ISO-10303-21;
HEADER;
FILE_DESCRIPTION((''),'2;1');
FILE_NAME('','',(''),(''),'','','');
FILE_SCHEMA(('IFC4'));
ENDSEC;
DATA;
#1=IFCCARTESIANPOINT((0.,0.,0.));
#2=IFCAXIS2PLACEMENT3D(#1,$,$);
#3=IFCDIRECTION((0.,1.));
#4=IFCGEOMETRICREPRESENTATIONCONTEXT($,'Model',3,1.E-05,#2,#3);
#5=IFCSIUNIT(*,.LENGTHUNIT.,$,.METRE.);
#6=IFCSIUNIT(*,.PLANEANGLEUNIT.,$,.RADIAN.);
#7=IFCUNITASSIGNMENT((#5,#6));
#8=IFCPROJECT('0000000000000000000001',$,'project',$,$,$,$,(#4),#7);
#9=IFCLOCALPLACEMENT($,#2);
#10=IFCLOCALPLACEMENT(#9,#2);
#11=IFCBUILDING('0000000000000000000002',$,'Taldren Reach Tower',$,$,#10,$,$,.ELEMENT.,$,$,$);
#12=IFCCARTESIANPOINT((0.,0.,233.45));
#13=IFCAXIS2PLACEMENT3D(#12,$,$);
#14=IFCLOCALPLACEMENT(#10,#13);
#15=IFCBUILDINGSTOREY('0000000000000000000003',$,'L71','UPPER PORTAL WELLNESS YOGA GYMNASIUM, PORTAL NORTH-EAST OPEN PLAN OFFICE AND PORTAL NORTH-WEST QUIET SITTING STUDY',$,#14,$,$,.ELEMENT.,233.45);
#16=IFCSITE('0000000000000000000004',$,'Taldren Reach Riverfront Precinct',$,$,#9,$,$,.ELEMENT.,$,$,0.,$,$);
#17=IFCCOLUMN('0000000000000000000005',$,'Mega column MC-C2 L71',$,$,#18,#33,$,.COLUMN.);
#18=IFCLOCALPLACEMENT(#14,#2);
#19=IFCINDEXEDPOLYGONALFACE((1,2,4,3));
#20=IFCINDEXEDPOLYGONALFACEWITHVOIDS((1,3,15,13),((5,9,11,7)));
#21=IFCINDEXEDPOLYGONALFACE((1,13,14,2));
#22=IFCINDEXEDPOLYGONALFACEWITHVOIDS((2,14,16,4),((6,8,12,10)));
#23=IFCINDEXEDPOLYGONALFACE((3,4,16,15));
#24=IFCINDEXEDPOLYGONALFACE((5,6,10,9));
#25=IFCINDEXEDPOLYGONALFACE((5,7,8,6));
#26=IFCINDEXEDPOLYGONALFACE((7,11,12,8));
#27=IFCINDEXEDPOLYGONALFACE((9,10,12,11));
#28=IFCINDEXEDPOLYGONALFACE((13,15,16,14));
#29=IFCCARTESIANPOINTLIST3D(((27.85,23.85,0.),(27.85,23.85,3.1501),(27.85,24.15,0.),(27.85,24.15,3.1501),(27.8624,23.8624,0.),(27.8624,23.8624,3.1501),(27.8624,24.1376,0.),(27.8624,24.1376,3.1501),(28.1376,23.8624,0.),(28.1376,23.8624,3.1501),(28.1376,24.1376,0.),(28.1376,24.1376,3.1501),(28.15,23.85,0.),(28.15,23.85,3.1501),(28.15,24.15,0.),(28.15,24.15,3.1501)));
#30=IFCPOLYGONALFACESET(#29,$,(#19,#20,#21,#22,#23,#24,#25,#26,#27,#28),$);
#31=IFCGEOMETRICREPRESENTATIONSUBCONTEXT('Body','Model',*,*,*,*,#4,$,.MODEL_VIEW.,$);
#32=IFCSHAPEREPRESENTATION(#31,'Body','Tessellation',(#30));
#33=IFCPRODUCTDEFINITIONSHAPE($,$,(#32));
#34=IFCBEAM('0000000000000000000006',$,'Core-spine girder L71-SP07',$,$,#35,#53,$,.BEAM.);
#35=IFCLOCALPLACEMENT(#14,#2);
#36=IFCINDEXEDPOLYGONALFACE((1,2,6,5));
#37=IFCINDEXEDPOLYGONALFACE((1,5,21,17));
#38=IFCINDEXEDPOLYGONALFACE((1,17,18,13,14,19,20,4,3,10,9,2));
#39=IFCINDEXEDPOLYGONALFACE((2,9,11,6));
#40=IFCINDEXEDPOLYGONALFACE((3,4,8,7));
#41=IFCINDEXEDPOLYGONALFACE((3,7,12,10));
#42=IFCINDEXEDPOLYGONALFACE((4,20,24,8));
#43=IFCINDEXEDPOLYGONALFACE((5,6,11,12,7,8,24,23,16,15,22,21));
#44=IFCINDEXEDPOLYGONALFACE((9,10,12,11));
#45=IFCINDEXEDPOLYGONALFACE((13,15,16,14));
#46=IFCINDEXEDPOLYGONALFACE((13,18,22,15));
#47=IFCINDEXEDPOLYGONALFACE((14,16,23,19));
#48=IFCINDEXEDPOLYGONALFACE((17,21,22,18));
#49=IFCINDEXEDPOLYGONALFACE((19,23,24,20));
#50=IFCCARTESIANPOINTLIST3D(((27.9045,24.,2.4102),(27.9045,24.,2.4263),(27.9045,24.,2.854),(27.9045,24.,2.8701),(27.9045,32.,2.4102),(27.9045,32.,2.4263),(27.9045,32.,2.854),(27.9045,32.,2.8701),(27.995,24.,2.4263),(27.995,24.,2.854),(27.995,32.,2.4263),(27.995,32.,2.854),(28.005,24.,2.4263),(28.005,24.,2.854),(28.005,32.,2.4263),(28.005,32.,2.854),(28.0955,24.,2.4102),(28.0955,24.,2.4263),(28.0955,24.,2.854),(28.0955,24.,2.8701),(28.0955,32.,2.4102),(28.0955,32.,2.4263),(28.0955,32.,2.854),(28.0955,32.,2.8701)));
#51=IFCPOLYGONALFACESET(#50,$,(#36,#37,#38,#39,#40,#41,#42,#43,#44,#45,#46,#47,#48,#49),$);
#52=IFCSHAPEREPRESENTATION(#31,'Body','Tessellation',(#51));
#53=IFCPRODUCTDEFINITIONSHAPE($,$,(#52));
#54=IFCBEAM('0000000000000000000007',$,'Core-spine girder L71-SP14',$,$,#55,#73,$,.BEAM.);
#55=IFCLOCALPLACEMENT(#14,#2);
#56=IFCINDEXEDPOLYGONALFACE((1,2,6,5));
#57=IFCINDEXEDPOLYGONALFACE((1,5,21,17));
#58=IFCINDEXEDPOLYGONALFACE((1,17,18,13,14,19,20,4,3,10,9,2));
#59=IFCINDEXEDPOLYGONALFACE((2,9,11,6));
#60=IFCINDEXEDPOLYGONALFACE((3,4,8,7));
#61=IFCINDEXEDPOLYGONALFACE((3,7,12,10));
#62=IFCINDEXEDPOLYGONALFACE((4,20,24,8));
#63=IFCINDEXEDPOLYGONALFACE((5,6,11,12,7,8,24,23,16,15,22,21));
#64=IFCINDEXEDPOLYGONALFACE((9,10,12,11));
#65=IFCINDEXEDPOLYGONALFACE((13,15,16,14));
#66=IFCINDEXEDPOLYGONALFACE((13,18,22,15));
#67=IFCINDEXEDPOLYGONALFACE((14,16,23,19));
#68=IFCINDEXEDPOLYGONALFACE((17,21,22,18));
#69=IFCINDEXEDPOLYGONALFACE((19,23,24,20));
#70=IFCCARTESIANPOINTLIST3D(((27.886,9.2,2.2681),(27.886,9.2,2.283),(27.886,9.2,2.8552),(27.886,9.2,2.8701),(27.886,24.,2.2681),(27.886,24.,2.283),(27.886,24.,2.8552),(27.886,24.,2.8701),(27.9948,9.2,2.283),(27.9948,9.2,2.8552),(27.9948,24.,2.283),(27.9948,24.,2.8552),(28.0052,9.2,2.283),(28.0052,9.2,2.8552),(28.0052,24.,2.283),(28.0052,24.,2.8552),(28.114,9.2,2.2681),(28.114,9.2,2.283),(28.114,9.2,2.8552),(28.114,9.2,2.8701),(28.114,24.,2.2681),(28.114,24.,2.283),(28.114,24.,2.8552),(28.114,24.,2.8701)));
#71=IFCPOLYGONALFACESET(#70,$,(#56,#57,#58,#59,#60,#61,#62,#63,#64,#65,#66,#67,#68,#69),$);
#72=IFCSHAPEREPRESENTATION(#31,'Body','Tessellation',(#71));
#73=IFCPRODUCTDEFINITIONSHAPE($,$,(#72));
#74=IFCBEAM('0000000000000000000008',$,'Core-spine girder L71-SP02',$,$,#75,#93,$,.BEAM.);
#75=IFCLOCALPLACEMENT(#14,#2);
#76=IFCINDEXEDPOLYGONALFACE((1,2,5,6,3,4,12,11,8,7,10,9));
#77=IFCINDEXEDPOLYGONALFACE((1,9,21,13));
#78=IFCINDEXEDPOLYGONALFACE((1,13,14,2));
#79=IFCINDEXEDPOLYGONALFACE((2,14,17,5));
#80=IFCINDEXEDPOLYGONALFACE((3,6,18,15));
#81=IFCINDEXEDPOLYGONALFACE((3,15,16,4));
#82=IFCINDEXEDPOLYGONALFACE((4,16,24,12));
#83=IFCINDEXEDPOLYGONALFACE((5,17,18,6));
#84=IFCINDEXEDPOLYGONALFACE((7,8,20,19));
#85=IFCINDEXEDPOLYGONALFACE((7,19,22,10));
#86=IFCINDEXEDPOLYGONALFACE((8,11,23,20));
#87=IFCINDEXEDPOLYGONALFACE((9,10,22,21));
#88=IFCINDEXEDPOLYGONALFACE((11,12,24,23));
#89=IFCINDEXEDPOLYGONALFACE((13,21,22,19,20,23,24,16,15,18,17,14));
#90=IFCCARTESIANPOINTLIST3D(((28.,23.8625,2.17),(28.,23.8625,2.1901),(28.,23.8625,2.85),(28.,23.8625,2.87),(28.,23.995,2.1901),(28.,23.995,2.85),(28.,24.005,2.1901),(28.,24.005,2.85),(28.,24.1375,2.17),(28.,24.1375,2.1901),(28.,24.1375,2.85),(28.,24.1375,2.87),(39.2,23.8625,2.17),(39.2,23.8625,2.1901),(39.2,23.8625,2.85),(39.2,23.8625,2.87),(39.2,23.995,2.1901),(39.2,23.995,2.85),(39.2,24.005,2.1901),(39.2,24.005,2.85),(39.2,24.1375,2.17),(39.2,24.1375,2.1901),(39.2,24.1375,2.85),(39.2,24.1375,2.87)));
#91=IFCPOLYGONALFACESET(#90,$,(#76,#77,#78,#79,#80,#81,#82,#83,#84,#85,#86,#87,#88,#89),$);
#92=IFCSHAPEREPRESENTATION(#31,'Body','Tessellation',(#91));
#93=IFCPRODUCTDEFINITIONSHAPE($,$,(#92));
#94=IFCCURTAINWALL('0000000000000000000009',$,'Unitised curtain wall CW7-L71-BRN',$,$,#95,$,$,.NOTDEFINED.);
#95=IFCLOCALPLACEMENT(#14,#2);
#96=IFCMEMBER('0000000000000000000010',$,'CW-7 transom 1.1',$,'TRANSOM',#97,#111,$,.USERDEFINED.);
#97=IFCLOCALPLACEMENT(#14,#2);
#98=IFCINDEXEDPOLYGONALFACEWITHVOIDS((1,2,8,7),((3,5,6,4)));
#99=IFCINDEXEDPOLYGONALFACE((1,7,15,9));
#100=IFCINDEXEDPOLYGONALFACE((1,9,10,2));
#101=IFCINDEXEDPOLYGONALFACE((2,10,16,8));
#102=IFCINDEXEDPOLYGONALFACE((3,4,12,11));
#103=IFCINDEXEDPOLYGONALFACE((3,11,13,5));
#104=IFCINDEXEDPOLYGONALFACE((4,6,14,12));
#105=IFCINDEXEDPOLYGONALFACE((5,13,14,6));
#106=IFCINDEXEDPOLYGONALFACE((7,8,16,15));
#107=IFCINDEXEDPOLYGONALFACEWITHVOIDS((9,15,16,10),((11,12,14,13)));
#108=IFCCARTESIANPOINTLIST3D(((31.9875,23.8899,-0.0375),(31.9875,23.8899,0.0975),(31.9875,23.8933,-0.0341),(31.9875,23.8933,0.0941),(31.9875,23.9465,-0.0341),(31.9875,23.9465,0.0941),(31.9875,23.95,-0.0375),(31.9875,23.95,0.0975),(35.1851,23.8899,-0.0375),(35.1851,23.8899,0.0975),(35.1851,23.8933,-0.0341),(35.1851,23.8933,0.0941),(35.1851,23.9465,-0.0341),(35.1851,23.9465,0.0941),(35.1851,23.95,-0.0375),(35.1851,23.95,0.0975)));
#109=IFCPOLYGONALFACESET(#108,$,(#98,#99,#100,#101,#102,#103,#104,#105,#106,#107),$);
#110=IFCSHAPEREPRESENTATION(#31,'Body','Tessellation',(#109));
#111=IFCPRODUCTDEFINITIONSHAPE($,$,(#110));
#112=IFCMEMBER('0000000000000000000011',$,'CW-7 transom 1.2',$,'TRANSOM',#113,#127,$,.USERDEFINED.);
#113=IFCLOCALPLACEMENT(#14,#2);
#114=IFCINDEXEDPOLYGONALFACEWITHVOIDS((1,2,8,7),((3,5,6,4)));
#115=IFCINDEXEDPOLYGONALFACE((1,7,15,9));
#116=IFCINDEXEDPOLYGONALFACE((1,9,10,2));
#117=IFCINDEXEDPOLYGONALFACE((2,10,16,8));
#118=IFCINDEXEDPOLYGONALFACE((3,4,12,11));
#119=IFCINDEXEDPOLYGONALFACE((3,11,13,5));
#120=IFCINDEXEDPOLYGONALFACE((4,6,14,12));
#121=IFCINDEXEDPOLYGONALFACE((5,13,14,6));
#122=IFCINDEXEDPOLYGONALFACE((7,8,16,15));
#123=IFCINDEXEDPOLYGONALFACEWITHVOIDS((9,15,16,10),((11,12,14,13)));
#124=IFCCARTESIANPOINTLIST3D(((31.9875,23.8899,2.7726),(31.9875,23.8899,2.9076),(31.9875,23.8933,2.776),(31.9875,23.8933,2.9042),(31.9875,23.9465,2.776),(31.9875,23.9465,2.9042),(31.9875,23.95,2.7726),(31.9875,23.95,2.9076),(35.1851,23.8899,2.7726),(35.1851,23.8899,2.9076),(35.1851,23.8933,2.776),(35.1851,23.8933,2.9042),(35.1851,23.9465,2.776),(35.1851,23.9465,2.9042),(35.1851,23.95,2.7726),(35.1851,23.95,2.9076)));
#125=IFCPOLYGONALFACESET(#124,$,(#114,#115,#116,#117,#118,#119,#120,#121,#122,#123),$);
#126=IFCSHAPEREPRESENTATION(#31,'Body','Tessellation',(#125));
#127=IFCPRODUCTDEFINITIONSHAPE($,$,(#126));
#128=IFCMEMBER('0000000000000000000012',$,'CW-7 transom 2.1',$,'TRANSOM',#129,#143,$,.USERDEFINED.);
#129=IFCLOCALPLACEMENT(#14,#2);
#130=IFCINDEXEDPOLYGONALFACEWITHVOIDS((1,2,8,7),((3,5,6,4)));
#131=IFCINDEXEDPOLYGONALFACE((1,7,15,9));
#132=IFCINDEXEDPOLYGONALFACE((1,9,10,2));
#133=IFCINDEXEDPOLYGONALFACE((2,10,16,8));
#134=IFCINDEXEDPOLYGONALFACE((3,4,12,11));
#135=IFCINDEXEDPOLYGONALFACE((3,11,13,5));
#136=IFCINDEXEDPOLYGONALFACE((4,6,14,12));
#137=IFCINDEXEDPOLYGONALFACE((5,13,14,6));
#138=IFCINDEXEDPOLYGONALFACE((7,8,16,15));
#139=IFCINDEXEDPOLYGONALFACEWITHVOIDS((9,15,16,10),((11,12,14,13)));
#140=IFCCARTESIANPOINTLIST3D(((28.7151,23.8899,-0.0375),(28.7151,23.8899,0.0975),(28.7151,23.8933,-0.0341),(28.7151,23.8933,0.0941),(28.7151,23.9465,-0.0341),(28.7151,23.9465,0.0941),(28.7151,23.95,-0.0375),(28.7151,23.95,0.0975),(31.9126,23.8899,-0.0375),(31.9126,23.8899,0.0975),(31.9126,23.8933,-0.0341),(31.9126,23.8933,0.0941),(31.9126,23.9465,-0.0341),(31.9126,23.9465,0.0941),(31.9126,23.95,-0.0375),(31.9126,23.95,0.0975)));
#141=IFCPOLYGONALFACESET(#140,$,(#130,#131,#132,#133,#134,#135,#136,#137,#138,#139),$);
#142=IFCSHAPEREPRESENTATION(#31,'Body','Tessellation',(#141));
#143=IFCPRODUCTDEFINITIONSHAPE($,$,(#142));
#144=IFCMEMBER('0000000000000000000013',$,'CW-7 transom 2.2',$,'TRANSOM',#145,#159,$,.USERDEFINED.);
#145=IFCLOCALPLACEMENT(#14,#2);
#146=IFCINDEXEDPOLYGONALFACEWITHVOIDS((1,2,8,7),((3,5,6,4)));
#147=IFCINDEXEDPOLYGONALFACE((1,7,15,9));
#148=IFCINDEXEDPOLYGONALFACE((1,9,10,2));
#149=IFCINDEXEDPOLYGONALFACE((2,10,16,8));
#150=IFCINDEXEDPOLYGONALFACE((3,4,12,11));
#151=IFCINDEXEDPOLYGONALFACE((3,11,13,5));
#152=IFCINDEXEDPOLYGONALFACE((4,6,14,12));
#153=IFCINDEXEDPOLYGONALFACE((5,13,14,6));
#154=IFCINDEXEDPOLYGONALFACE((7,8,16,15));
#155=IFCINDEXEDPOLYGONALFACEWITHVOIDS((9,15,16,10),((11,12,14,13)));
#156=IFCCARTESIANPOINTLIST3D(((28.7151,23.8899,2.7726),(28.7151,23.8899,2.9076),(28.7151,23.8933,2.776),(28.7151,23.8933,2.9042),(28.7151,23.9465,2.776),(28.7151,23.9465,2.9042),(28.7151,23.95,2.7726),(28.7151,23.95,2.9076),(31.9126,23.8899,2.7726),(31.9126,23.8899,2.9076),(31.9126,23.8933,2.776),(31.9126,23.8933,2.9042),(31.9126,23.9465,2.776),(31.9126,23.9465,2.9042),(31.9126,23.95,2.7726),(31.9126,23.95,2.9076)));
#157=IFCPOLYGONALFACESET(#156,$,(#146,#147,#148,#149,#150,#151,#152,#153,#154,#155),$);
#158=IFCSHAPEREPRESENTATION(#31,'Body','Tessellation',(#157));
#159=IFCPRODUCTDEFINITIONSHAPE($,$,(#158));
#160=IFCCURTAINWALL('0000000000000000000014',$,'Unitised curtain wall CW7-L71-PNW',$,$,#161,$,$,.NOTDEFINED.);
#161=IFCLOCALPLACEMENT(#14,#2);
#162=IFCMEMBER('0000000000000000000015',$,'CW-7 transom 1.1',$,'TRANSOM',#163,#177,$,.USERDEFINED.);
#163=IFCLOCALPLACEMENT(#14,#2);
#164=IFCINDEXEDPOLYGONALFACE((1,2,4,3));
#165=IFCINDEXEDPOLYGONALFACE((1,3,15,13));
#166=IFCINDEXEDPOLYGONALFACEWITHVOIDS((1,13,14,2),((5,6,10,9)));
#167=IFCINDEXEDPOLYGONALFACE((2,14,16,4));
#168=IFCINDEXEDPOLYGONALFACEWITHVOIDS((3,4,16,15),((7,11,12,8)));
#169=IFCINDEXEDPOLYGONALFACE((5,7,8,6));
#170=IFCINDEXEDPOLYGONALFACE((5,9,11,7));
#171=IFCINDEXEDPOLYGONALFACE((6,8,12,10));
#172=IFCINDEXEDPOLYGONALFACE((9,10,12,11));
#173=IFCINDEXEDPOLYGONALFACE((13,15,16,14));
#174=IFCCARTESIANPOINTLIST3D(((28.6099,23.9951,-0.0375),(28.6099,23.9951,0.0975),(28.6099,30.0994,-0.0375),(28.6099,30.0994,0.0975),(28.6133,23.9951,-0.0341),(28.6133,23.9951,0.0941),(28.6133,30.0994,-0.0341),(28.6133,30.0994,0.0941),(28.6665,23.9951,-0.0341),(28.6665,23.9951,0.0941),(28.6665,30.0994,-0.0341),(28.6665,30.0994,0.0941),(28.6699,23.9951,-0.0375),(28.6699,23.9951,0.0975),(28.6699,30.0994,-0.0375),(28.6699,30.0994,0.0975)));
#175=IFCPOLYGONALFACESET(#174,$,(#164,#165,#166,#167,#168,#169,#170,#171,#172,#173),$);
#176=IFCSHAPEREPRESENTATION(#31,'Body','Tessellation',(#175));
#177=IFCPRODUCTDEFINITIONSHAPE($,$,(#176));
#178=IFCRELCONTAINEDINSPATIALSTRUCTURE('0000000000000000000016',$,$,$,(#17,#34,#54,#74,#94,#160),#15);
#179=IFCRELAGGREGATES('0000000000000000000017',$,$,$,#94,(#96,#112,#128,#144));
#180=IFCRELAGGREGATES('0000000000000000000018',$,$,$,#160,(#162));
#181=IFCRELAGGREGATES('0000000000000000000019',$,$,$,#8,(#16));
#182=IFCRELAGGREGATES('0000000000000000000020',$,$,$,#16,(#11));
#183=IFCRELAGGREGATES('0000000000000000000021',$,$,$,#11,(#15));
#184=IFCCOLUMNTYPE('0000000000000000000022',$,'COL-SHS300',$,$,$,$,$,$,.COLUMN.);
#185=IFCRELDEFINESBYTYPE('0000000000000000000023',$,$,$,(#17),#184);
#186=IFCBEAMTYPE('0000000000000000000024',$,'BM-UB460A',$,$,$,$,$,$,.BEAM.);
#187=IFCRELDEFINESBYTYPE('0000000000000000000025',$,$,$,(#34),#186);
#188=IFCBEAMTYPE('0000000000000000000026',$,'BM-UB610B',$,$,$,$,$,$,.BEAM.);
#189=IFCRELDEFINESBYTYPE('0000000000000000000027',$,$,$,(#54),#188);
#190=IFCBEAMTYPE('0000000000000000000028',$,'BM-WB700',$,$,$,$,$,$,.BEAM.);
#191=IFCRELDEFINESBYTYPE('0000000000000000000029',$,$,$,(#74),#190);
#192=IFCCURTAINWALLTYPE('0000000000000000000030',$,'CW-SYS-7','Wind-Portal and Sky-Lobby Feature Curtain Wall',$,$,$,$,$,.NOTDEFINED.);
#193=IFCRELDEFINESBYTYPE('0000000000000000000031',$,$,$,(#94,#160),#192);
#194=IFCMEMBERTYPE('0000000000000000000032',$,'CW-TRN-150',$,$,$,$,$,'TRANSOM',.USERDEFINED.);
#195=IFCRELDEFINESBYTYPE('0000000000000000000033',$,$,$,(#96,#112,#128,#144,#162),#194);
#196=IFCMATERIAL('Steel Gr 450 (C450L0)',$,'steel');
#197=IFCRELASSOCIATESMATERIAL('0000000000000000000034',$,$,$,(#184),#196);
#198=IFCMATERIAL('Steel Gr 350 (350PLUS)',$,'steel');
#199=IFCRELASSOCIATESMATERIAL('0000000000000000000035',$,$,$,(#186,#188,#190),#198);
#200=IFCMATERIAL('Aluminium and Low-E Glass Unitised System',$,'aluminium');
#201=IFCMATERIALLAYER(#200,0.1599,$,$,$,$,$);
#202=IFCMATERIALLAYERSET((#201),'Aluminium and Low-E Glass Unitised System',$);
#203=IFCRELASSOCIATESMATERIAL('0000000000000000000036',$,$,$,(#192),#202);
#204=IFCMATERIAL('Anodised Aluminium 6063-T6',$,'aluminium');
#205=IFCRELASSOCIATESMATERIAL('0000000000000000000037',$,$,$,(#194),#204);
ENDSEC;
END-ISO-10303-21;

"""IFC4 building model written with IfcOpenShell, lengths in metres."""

from ifc_helpers import new_model, si_unit, direction, frame, origin, origin_2d, place, context, subcontext, project, spatial, hollow_rectangle, i_section, extrude, source, transform, mapped, material, layer, layer_set, material_profile, profile_set, type_object, element, aggregate, save


model = new_model("IFC4")

# Units and contexts
model_context = context("Model", 3, precision=1e-05, world=origin(), true_north=direction((0.0, 1.0)))
body_context = subcontext(model_context, "Body", "Model", "MODEL_VIEW")
ifc_project = project(units=[si_unit("LENGTHUNIT", "METRE"), si_unit("PLANEANGLEUNIT", "RADIAN")], contexts=[model_context])

# Site, building, storey
site_placement = place(None, origin())
site = spatial("IfcSite", under=ifc_project, at=site_placement, Name="Taldren Reach Riverfront Precinct", CompositionType="ELEMENT", RefElevation=0.0)
building_placement = place(site_placement, origin())
building = spatial("IfcBuilding", under=site, at=building_placement, Name="Taldren Reach Tower", CompositionType="ELEMENT")
storey_placement = place(building_placement, frame((0.0, 0.0, 233.45)))
storey = spatial("IfcBuildingStorey", under=building, at=storey_placement, Name="L71", Description="UPPER PORTAL WELLNESS YOGA GYMNASIUM, PORTAL NORTH-EAST OPEN PLAN OFFICE AND PORTAL NORTH-WEST QUIET SITTING STUDY", CompositionType="ELEMENT", Elevation=233.45)

# Column
ifc_material_1 = material(Name="Steel Gr 450 (C450L0)", Category="steel")
ifc_material_profile_1 = material_profile(ifc_material_1, hollow_rectangle(XDim=0.3, YDim=0.3, WallThickness=0.0125, at=origin_2d()), Name="300x300x12.5SHS")
ifc_profile_set_1 = profile_set([ifc_material_profile_1], Name="Steel Gr 450 (C450L0)")
column_type = type_object("IfcColumnType", Name="COL-SHS300", PredefinedType="COLUMN", material=ifc_profile_set_1)
shared_shape_1 = source(origin(), body_context, "Body", "SweptSolid", [
    extrude(hollow_rectangle(XDim=0.3, YDim=0.3, WallThickness=0.0125, at=origin_2d()), origin(), (0.0, 0.0, 1.0), 3.1501),
])
column_placement = place(storey_placement, frame((28.0, 24.0, 0.0), z_axis=(0.0, 0.0, 1.0), x_axis=(1.0, 0.0, 0.0)))
element("IfcColumn", 1, at=column_placement, inside=storey, type_object=column_type, Name="Mega column MC-C2 L71", PredefinedType="COLUMN", context=body_context, shape_type="MappedRepresentation", body=[
    mapped(shared_shape_1, transform((0.0, 0.0, 0.0), scale=1.0)),
])

# Beams
ifc_material_2 = material(Name="Steel Gr 350 (350PLUS)", Category="steel")
ifc_material_profile_2 = material_profile(ifc_material_2, i_section(OverallWidth=0.1909, OverallDepth=0.46, WebThickness=0.01, FlangeThickness=0.0161, at=origin_2d()), Name="460UB82.1")
ifc_profile_set_2 = profile_set([ifc_material_profile_2], Name="Steel Gr 350 (350PLUS)")
beam_type_1 = type_object("IfcBeamType", Name="BM-UB460A", PredefinedType="BEAM", material=ifc_profile_set_2)
shared_shape_2 = source(origin(), body_context, "Body", "SweptSolid", [
    extrude(i_section(OverallWidth=0.1909, OverallDepth=0.46, WebThickness=0.01, FlangeThickness=0.0161, at=origin_2d()), origin(), (0.0, 0.0, 1.0), 8.0),
])
beam_1_placement = place(storey_placement, frame((28.0, 24.0, 2.6401), z_axis=(0.0, 1.0, 0.0), x_axis=(-1.0, 0.0, 0.0)))
element("IfcBeam", 2, at=beam_1_placement, inside=storey, type_object=beam_type_1, Name="Core-spine girder L71-SP07", PredefinedType="BEAM", context=body_context, shape_type="MappedRepresentation", body=[
    mapped(shared_shape_2, transform((0.0, 0.0, 0.0), scale=1.0)),
])
ifc_material_profile_3 = material_profile(ifc_material_2, i_section(OverallWidth=0.228, OverallDepth=0.6021, WebThickness=0.0105, FlangeThickness=0.0149, at=origin_2d()), Name="610UB101")
ifc_profile_set_3 = profile_set([ifc_material_profile_3], Name="Steel Gr 350 (350PLUS)")
beam_type_2 = type_object("IfcBeamType", Name="BM-UB610B", PredefinedType="BEAM", material=ifc_profile_set_3)
shared_shape_3 = source(origin(), body_context, "Body", "SweptSolid", [
    extrude(i_section(OverallWidth=0.228, OverallDepth=0.6021, WebThickness=0.0105, FlangeThickness=0.0149, at=origin_2d()), origin(), (0.0, 0.0, 1.0), 14.8),
])
beam_2_placement = place(storey_placement, frame((28.0, 24.0, 2.5691), z_axis=(0.0, -1.0, 0.0), x_axis=(1.0, 0.0, 0.0)))
element("IfcBeam", 3, at=beam_2_placement, inside=storey, type_object=beam_type_2, Name="Core-spine girder L71-SP14", PredefinedType="BEAM", context=body_context, shape_type="MappedRepresentation", body=[
    mapped(shared_shape_3, transform((0.0, 0.0, 0.0), scale=1.0)),
])
ifc_material_profile_4 = material_profile(ifc_material_2, i_section(OverallWidth=0.2749, OverallDepth=0.7, WebThickness=0.01, FlangeThickness=0.02, at=origin_2d()), Name="700WB150")
ifc_profile_set_4 = profile_set([ifc_material_profile_4], Name="Steel Gr 350 (350PLUS)")
beam_type_3 = type_object("IfcBeamType", Name="BM-WB700", PredefinedType="BEAM", material=ifc_profile_set_4)
shared_shape_4 = source(origin(), body_context, "Body", "SweptSolid", [
    extrude(i_section(OverallWidth=0.2749, OverallDepth=0.7, WebThickness=0.01, FlangeThickness=0.02, at=origin_2d()), origin(), (0.0, 0.0, 1.0), 11.2),
])
beam_3_placement = place(storey_placement, frame((28.0, 24.0, 2.52), z_axis=(1.0, 0.0, 0.0), x_axis=(0.0, 1.0, 0.0)))
element("IfcBeam", 4, at=beam_3_placement, inside=storey, type_object=beam_type_3, Name="Core-spine girder L71-SP02", PredefinedType="BEAM", context=body_context, shape_type="MappedRepresentation", body=[
    mapped(shared_shape_4, transform((0.0, 0.0, 0.0), scale=1.0)),
])

# Curtain walls, members
ifc_material_3 = material(Name="Aluminium and Low-E Glass Unitised System", Category="aluminium")
ifc_layer_1 = layer(ifc_material_3, 0.1599)
ifc_layer_set_1 = layer_set([ifc_layer_1], Name="Aluminium and Low-E Glass Unitised System")
curtain_wall_type = type_object("IfcCurtainWallType", Name="CW-SYS-7", Description="Wind-Portal and Sky-Lobby Feature Curtain Wall", PredefinedType="NOTDEFINED", material=ifc_layer_set_1)
curtain_wall_1_placement = place(storey_placement, origin())
curtain_wall_1 = element("IfcCurtainWall", 5, at=curtain_wall_1_placement, inside=storey, type_object=curtain_wall_type, Name="Unitised curtain wall CW7-L71-BRN", PredefinedType="NOTDEFINED")
ifc_material_4 = material(Name="Anodised Aluminium 6063-T6", Category="aluminium")
ifc_material_profile_5 = material_profile(ifc_material_4, hollow_rectangle(XDim=0.0601, YDim=0.135, WallThickness=0.0034, at=origin_2d()), Name="ALU-135x60x3.5RHS")
ifc_profile_set_5 = profile_set([ifc_material_profile_5], Name="Anodised Aluminium 6063-T6")
member_type_1 = type_object("IfcMemberType", Name="CW-TRN-150", ElementType="TRANSOM", PredefinedType="USERDEFINED", material=ifc_profile_set_5)
shared_shape_5 = source(origin(), body_context, "Body", "SweptSolid", [
    extrude(hollow_rectangle(XDim=0.0601, YDim=0.135, WallThickness=0.0034, at=origin_2d()), origin(), (0.0, 0.0, 1.0), 3.1975),
])
member_1_placement = place(storey_placement, frame((35.1851, 23.9199, 0.03), z_axis=(-1.0, 0.0, 0.0), x_axis=(0.0, -1.0, 0.0)))
member_1 = element("IfcMember", 6, at=member_1_placement, type_object=member_type_1, Name="CW-7 transom 1.1", ObjectType="TRANSOM", PredefinedType="USERDEFINED", context=body_context, shape_type="MappedRepresentation", body=[
    mapped(shared_shape_5, transform((0.0, 0.0, 0.0), scale=1.0)),
])
member_2_placement = place(storey_placement, frame((35.1851, 23.9199, 2.8401), z_axis=(-1.0, 0.0, 0.0), x_axis=(0.0, -1.0, 0.0)))
member_2 = element("IfcMember", 7, at=member_2_placement, type_object=member_type_1, Name="CW-7 transom 1.2", ObjectType="TRANSOM", PredefinedType="USERDEFINED", context=body_context, shape_type="MappedRepresentation", body=[
    mapped(shared_shape_5, transform((0.0, 0.0, 0.0), scale=1.0)),
])
member_3_placement = place(storey_placement, frame((31.9126, 23.9199, 0.03), z_axis=(-1.0, 0.0, 0.0), x_axis=(0.0, -1.0, 0.0)))
member_3 = element("IfcMember", 8, at=member_3_placement, type_object=member_type_1, Name="CW-7 transom 2.1", ObjectType="TRANSOM", PredefinedType="USERDEFINED", context=body_context, shape_type="MappedRepresentation", body=[
    mapped(shared_shape_5, transform((0.0, 0.0, 0.0), scale=1.0)),
])
member_4_placement = place(storey_placement, frame((31.9126, 23.9199, 2.8401), z_axis=(-1.0, 0.0, 0.0), x_axis=(0.0, -1.0, 0.0)))
member_4 = element("IfcMember", 9, at=member_4_placement, type_object=member_type_1, Name="CW-7 transom 2.2", ObjectType="TRANSOM", PredefinedType="USERDEFINED", context=body_context, shape_type="MappedRepresentation", body=[
    mapped(shared_shape_5, transform((0.0, 0.0, 0.0), scale=1.0)),
])
curtain_wall_2_placement = place(storey_placement, origin())
curtain_wall_2 = element("IfcCurtainWall", 10, at=curtain_wall_2_placement, inside=storey, type_object=curtain_wall_type, Name="Unitised curtain wall CW7-L71-PNW", PredefinedType="NOTDEFINED")
shared_shape_6 = source(origin(), body_context, "Body", "SweptSolid", [
    extrude(hollow_rectangle(XDim=0.0601, YDim=0.135, WallThickness=0.0034, at=origin_2d()), origin(), (0.0, 0.0, 1.0), 6.1042),
])
member_5_placement = place(storey_placement, frame((28.6399, 23.9951, 0.03), z_axis=(0.0, 1.0, 0.0), x_axis=(-1.0, 0.0, 0.0)))
member_5 = element("IfcMember", 11, at=member_5_placement, type_object=member_type_1, Name="CW-7 transom 1.1", ObjectType="TRANSOM", PredefinedType="USERDEFINED", context=body_context, shape_type="MappedRepresentation", body=[
    mapped(shared_shape_6, transform((0.0, 0.0, 0.0), scale=1.0)),
])

aggregate(curtain_wall_1, [member_1, member_2, member_3, member_4])
aggregate(curtain_wall_2, [member_5])

save(model, "model.ifc")
